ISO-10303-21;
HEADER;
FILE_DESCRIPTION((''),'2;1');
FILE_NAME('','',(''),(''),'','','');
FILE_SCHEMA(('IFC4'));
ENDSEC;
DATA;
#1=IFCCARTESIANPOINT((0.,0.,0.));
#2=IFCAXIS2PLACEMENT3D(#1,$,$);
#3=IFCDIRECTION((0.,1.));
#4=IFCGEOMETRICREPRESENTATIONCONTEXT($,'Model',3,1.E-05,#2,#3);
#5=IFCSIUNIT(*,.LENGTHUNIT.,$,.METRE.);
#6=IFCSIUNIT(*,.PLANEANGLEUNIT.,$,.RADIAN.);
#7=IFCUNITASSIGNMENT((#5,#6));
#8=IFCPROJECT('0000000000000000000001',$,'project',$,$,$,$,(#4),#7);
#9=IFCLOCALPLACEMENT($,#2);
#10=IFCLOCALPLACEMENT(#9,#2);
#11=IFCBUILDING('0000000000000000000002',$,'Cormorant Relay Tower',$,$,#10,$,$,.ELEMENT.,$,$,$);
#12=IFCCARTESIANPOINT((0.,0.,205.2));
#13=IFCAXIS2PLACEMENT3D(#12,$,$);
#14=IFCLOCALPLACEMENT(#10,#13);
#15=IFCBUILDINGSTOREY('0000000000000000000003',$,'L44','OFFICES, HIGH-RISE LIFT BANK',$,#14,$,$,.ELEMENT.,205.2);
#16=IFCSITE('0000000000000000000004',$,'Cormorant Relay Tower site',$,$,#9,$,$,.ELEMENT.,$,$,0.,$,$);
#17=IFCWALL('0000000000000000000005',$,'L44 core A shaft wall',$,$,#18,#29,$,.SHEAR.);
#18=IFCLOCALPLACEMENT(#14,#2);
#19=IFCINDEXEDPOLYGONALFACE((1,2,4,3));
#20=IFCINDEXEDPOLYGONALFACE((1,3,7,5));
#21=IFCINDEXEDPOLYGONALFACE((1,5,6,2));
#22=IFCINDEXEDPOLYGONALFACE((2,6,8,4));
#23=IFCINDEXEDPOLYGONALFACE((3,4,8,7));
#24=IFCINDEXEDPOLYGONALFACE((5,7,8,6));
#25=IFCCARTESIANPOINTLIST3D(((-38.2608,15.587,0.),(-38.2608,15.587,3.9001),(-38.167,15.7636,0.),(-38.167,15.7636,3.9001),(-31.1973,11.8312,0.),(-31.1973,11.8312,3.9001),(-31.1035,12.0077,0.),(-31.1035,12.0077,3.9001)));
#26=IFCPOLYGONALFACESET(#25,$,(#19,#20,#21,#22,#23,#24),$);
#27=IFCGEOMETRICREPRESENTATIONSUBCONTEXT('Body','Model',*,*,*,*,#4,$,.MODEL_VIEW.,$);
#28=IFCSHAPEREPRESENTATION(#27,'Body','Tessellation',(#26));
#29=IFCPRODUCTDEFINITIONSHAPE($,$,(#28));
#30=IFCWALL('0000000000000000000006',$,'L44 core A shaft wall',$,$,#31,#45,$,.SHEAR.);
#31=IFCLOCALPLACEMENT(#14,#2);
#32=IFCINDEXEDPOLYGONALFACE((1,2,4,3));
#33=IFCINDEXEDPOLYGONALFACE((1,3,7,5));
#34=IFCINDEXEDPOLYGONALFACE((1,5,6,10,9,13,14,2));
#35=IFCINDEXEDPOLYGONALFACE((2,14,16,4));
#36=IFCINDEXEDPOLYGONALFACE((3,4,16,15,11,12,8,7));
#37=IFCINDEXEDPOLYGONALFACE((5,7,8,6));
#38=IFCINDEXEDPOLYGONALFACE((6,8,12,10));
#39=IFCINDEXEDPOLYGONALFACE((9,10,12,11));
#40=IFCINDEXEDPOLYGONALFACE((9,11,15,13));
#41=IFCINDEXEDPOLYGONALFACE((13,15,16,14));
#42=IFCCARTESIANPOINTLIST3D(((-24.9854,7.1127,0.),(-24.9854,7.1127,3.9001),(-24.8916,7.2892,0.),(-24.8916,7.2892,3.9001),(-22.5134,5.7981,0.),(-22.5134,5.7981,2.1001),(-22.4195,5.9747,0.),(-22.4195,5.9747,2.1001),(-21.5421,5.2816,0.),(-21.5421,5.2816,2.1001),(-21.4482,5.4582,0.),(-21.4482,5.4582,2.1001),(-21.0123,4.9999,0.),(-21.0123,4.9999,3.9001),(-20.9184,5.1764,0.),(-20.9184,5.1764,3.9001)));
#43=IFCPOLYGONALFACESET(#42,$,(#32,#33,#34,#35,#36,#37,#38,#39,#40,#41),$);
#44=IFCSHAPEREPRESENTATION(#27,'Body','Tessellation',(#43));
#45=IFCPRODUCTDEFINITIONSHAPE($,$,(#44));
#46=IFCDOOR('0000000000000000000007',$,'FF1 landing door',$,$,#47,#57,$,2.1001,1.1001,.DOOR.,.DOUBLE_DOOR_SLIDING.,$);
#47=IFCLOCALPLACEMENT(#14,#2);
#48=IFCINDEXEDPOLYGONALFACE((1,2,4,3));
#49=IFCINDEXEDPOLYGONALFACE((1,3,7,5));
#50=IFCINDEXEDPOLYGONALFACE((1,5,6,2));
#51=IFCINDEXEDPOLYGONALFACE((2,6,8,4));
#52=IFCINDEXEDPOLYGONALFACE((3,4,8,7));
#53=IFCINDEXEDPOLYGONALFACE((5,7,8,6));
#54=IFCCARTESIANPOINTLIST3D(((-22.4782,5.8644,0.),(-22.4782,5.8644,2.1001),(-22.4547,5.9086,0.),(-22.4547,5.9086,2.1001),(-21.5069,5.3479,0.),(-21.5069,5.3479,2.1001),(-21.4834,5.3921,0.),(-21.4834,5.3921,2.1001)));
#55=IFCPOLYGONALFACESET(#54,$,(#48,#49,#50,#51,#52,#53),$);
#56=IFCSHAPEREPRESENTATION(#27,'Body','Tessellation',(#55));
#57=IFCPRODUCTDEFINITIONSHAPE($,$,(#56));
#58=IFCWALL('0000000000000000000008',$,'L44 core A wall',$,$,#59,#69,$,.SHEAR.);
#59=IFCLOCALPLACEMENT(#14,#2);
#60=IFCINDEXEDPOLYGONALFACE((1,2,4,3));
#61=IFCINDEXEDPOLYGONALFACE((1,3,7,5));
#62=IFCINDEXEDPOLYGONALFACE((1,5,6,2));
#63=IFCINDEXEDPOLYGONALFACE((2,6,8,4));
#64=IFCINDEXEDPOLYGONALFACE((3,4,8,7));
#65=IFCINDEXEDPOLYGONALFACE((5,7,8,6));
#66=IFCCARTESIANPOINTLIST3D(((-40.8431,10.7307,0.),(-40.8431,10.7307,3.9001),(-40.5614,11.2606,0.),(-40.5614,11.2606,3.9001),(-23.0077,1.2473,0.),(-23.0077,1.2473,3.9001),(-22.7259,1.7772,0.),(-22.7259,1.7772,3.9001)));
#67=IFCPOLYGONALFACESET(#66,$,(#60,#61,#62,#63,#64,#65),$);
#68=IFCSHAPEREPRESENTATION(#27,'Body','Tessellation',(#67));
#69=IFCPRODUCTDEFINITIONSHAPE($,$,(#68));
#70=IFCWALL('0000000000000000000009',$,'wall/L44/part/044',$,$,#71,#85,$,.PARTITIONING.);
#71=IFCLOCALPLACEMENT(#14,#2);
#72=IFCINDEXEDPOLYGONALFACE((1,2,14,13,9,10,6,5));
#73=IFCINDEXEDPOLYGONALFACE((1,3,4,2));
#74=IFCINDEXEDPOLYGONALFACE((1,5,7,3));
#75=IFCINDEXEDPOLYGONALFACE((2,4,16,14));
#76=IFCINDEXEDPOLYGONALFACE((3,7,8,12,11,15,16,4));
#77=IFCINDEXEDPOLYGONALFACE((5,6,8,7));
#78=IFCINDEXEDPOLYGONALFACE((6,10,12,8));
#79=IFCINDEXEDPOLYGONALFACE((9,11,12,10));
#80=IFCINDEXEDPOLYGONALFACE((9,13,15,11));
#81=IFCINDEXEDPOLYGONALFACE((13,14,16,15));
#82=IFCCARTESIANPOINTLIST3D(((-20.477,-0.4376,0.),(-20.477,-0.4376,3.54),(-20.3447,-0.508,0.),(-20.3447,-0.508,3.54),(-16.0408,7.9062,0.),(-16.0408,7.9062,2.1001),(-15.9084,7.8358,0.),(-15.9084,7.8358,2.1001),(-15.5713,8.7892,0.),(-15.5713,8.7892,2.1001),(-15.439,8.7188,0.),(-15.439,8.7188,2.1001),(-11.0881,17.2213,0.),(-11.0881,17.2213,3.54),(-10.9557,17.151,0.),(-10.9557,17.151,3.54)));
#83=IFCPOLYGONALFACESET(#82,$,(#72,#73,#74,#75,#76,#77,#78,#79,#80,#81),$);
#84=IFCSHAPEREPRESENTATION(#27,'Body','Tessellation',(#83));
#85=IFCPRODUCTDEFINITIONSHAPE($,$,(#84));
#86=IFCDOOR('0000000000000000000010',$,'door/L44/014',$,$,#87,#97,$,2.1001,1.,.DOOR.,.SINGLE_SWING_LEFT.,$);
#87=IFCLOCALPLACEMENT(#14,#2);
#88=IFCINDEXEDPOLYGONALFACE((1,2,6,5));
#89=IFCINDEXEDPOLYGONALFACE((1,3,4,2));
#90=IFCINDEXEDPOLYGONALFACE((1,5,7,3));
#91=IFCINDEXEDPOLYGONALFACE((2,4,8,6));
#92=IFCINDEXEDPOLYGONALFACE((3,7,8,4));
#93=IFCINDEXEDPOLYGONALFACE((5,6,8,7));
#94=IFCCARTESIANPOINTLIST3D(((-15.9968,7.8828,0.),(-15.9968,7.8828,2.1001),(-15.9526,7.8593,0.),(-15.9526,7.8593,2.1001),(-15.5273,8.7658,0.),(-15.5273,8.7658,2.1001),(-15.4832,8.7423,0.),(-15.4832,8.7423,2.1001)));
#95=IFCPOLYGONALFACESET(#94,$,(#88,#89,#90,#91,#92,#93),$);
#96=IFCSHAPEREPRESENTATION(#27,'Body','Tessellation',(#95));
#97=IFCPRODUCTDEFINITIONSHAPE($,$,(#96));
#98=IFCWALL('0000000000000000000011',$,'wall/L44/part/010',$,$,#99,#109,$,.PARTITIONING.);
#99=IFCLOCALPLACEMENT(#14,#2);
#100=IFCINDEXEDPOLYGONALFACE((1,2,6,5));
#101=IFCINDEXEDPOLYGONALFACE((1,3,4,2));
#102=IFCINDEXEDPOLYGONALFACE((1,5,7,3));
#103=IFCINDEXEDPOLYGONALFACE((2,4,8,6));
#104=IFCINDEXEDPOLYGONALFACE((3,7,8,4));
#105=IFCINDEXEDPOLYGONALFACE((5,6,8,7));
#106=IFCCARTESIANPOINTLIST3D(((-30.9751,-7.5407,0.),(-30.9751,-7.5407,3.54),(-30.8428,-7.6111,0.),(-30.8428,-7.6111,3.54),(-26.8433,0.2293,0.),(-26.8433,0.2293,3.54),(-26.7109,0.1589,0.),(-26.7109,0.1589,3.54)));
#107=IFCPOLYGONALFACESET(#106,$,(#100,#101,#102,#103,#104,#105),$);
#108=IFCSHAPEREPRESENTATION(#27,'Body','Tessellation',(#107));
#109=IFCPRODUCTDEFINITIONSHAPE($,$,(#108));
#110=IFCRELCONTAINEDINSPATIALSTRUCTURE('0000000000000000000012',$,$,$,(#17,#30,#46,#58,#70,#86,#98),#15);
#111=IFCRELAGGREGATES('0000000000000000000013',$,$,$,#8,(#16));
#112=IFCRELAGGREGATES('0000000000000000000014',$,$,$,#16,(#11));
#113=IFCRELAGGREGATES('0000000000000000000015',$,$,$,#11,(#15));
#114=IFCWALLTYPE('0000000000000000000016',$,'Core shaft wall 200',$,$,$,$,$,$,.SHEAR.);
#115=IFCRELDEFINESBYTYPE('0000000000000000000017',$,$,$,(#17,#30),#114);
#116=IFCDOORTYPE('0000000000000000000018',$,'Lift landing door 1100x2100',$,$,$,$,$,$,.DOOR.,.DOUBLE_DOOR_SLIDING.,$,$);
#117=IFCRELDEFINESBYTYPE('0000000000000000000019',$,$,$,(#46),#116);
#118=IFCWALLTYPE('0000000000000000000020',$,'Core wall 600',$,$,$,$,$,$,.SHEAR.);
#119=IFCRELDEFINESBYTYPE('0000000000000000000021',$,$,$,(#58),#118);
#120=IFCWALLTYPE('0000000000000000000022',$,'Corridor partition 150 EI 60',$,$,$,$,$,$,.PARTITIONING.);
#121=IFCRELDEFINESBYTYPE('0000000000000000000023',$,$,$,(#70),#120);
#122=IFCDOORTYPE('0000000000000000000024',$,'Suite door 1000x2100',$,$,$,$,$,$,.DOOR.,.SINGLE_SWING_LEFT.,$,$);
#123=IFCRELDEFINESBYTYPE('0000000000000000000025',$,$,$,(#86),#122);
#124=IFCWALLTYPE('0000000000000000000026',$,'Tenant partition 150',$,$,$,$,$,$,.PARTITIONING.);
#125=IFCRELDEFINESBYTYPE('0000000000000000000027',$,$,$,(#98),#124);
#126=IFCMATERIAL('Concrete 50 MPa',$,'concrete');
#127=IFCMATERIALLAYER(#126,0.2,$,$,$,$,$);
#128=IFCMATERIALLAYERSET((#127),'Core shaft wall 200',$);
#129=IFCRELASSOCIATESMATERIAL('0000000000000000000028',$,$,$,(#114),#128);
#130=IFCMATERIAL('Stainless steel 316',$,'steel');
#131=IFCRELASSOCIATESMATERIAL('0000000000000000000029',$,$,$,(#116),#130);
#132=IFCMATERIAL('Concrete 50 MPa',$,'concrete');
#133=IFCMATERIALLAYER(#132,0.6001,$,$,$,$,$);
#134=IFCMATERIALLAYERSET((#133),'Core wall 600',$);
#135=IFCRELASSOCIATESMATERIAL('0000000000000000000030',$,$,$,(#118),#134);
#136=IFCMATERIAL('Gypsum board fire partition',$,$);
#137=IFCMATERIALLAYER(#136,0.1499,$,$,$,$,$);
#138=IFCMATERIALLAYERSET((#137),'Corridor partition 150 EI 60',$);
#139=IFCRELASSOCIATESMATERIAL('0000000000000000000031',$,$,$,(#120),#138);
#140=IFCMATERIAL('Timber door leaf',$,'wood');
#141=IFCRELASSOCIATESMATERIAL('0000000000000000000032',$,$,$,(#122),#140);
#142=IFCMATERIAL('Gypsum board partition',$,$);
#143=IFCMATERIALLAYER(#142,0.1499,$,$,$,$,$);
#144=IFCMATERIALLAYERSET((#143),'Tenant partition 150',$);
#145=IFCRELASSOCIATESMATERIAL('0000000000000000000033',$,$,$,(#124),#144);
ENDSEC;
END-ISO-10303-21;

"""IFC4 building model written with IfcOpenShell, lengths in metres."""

from ifc_helpers import new_model, si_unit, direction, frame, frame_2d, origin, place, context, subcontext, project, spatial, rectangle, extrude, material, layer, layer_set, type_object, element, fill, save


model = new_model("IFC4")

# Units and contexts
model_context = context("Model", 3, precision=1e-05, world=origin(), true_north=direction((0.0, 1.0)))
body_context = subcontext(model_context, "Body", "Model", "MODEL_VIEW")
ifc_project = project(units=[si_unit("LENGTHUNIT", "METRE"), si_unit("PLANEANGLEUNIT", "RADIAN")], contexts=[model_context])

# Site, building, storey
site_placement = place(None, origin())
site = spatial("IfcSite", under=ifc_project, at=site_placement, Name="Cormorant Relay Tower site", CompositionType="ELEMENT", RefElevation=0.0)
building_placement = place(site_placement, origin())
building = spatial("IfcBuilding", under=site, at=building_placement, Name="Cormorant Relay Tower", CompositionType="ELEMENT")
storey_placement = place(building_placement, frame((0.0, 0.0, 205.2)))
storey = spatial("IfcBuildingStorey", under=building, at=storey_placement, Name="L44", Description="OFFICES, HIGH-RISE LIFT BANK", CompositionType="ELEMENT", Elevation=205.2)

# Shared definitions
ifc_material_1 = material(Name="Concrete 50 MPa", Category="concrete")
ifc_layer_1 = layer(ifc_material_1, 0.2)
ifc_layer_set_1 = layer_set([ifc_layer_1], Name="Core shaft wall 200")
wall_type_1 = type_object("IfcWallType", Name="Core shaft wall 200", PredefinedType="SHEAR", material=ifc_layer_set_1)

# Shared definitions
ifc_material_2 = material(Name="Stainless steel 316", Category="steel")
door_type_1 = type_object("IfcDoorType", Name="Lift landing door 1100x2100", OperationType="DOUBLE_DOOR_SLIDING", PredefinedType="DOOR", material=ifc_material_2)

# Wall
wall_1_placement = place(storey_placement, frame((-31.1504, 11.9194, 0.0), z_axis=(0.0, 0.0, 1.0), x_axis=(-0.88294, 0.469485, 0.0)))
element("IfcWall", 1, at=wall_1_placement, inside=storey, type_object=wall_type_1, Name="L44 core A shaft wall", PredefinedType="SHEAR", context=body_context, shape_type="SweptSolid", body=[
    extrude(rectangle(XDim=8.0, YDim=0.2, at=frame_2d((4.0, 0.0))), origin(), (0.0, 0.0, 1.0), 3.9001),
])

# Wall, opening, door
wall_2_placement = place(storey_placement, frame((-20.9653, 5.0881, 0.0), z_axis=(0.0, 0.0, 1.0), x_axis=(-0.882926, 0.469512, 0.0)))
wall_2 = element("IfcWall", 2, at=wall_2_placement, inside=storey, type_object=wall_type_1, Name="L44 core A shaft wall", PredefinedType="SHEAR", context=body_context, shape_type="SweptSolid", body=[
    extrude(rectangle(XDim=4.5, YDim=0.2, at=frame_2d((2.25, 0.0))), origin(), (0.0, 0.0, 1.0), 3.9001),
])
opening_1_placement = place(wall_2_placement, frame((0.6001, 0.0, 0.0)))
opening_1 = element("IfcOpeningElement", 3, at=opening_1_placement, cuts=wall_2, PredefinedType="OPENING", context=body_context, shape_type="SweptSolid", body=[
    extrude(rectangle(XDim=1.1001, YDim=2.1001, at=frame_2d((0.55, 1.05))), frame((0.0, 0.1099, 0.0), z_axis=(0.0, -1.0, 0.0), x_axis=(1.0, 0.0, 0.0)), (0.0, 0.0, 1.0), 0.22),
])
door_1_placement = place(opening_1_placement, origin())
door_1 = element("IfcDoor", 4, at=door_1_placement, inside=storey, type_object=door_type_1, Name="FF1 landing door", OperationType="DOUBLE_DOOR_SLIDING", OverallHeight=2.1001, OverallWidth=1.1001, PredefinedType="DOOR", context=body_context, shape_type="SweptSolid", body=[
    extrude(rectangle(XDim=1.1001, YDim=2.1001, at=frame_2d((0.55, 1.05))), frame((0.0, 0.0249, 0.0), z_axis=(0.0, -1.0, 0.0), x_axis=(1.0, 0.0, 0.0)), (0.0, 0.0, 1.0), 0.05),
])
fill(opening_1, door_1)

# Wall
ifc_material_3 = material(Name="Concrete 50 MPa", Category="concrete")
ifc_layer_2 = layer(ifc_material_3, 0.6001)
ifc_layer_set_2 = layer_set([ifc_layer_2], Name="Core wall 600")
wall_type_2 = type_object("IfcWallType", Name="Core wall 600", PredefinedType="SHEAR", material=ifc_layer_set_2)
wall_3_placement = place(storey_placement, frame((-22.8667, 1.5122, 0.0), z_axis=(0.0, 0.0, 1.0), x_axis=(-0.882945, 0.469476, 0.0)))
element("IfcWall", 5, at=wall_3_placement, inside=storey, type_object=wall_type_2, Name="L44 core A wall", PredefinedType="SHEAR", context=body_context, shape_type="SweptSolid", body=[
    extrude(rectangle(XDim=20.2, YDim=0.6001, at=frame_2d((10.1001, 0.0))), origin(), (0.0, 0.0, 1.0), 3.9001),
])

# Wall, opening, door
ifc_material_4 = material(Name="Gypsum board fire partition")
ifc_layer_3 = layer(ifc_material_4, 0.1499)
ifc_layer_set_3 = layer_set([ifc_layer_3], Name="Corridor partition 150 EI 60")
wall_type_3 = type_object("IfcWallType", Name="Corridor partition 150 EI 60", PredefinedType="PARTITIONING", material=ifc_layer_set_3)
wall_4_placement = place(storey_placement, frame((-20.4109, -0.4729, 0.0), z_axis=(0.0, 0.0, 1.0), x_axis=(0.469452, 0.882958, 0.0)))
wall_4 = element("IfcWall", 6, at=wall_4_placement, inside=storey, type_object=wall_type_3, Name="wall/L44/part/044", PredefinedType="PARTITIONING", context=body_context, shape_type="SweptSolid", body=[
    extrude(rectangle(XDim=19.9998, YDim=0.1499, at=frame_2d((10.0, 0.0))), origin(), (0.0, 0.0, 1.0), 3.54),
])
opening_2_placement = place(wall_4_placement, frame((9.45, 0.0, 0.0)))
opening_2 = element("IfcOpeningElement", 7, at=opening_2_placement, cuts=wall_4, PredefinedType="OPENING", context=body_context, shape_type="SweptSolid", body=[
    extrude(rectangle(XDim=1.0, YDim=2.1001, at=frame_2d((0.5, 1.05))), frame((0.0, 0.085, 0.0), z_axis=(0.0, -1.0, 0.0), x_axis=(1.0, 0.0, 0.0)), (0.0, 0.0, 1.0), 0.1699),
])
ifc_material_5 = material(Name="Timber door leaf", Category="wood")
door_type_2 = type_object("IfcDoorType", Name="Suite door 1000x2100", OperationType="SINGLE_SWING_LEFT", PredefinedType="DOOR", material=ifc_material_5)
door_2_placement = place(opening_2_placement, frame((1.0, 0.0, 0.0), z_axis=(0.0, 0.0, 1.0), x_axis=(-1.0, 0.0, 0.0)))
door_2 = element("IfcDoor", 8, at=door_2_placement, inside=storey, type_object=door_type_2, Name="door/L44/014", OperationType="SINGLE_SWING_LEFT", OverallHeight=2.1001, OverallWidth=1.0, PredefinedType="DOOR", context=body_context, shape_type="SweptSolid", body=[
    extrude(rectangle(XDim=1.0, YDim=2.1001, at=frame_2d((0.5, 1.05))), frame((0.0, 0.0249, 0.0), z_axis=(0.0, -1.0, 0.0), x_axis=(1.0, 0.0, 0.0)), (0.0, 0.0, 1.0), 0.05),
])
fill(opening_2, door_2)

# Wall
ifc_material_6 = material(Name="Gypsum board partition")
ifc_layer_4 = layer(ifc_material_6, 0.1499)
ifc_layer_set_4 = layer_set([ifc_layer_4], Name="Tenant partition 150")
wall_type_4 = type_object("IfcWallType", Name="Tenant partition 150", PredefinedType="PARTITIONING", material=ifc_layer_set_4)
wall_5_placement = place(storey_placement, frame((-26.7771, 0.1941, 0.0), z_axis=(0.0, 0.0, 1.0), x_axis=(-0.469511, -0.882927, 0.0)))
element("IfcWall", 9, at=wall_5_placement, inside=storey, type_object=wall_type_4, Name="wall/L44/part/010", PredefinedType="PARTITIONING", context=body_context, shape_type="SweptSolid", body=[
    extrude(rectangle(XDim=8.8003, YDim=0.1499, at=frame_2d((4.4001, 0.0))), origin(), (0.0, 0.0, 1.0), 3.54),
])

save(model, "model.ifc")
